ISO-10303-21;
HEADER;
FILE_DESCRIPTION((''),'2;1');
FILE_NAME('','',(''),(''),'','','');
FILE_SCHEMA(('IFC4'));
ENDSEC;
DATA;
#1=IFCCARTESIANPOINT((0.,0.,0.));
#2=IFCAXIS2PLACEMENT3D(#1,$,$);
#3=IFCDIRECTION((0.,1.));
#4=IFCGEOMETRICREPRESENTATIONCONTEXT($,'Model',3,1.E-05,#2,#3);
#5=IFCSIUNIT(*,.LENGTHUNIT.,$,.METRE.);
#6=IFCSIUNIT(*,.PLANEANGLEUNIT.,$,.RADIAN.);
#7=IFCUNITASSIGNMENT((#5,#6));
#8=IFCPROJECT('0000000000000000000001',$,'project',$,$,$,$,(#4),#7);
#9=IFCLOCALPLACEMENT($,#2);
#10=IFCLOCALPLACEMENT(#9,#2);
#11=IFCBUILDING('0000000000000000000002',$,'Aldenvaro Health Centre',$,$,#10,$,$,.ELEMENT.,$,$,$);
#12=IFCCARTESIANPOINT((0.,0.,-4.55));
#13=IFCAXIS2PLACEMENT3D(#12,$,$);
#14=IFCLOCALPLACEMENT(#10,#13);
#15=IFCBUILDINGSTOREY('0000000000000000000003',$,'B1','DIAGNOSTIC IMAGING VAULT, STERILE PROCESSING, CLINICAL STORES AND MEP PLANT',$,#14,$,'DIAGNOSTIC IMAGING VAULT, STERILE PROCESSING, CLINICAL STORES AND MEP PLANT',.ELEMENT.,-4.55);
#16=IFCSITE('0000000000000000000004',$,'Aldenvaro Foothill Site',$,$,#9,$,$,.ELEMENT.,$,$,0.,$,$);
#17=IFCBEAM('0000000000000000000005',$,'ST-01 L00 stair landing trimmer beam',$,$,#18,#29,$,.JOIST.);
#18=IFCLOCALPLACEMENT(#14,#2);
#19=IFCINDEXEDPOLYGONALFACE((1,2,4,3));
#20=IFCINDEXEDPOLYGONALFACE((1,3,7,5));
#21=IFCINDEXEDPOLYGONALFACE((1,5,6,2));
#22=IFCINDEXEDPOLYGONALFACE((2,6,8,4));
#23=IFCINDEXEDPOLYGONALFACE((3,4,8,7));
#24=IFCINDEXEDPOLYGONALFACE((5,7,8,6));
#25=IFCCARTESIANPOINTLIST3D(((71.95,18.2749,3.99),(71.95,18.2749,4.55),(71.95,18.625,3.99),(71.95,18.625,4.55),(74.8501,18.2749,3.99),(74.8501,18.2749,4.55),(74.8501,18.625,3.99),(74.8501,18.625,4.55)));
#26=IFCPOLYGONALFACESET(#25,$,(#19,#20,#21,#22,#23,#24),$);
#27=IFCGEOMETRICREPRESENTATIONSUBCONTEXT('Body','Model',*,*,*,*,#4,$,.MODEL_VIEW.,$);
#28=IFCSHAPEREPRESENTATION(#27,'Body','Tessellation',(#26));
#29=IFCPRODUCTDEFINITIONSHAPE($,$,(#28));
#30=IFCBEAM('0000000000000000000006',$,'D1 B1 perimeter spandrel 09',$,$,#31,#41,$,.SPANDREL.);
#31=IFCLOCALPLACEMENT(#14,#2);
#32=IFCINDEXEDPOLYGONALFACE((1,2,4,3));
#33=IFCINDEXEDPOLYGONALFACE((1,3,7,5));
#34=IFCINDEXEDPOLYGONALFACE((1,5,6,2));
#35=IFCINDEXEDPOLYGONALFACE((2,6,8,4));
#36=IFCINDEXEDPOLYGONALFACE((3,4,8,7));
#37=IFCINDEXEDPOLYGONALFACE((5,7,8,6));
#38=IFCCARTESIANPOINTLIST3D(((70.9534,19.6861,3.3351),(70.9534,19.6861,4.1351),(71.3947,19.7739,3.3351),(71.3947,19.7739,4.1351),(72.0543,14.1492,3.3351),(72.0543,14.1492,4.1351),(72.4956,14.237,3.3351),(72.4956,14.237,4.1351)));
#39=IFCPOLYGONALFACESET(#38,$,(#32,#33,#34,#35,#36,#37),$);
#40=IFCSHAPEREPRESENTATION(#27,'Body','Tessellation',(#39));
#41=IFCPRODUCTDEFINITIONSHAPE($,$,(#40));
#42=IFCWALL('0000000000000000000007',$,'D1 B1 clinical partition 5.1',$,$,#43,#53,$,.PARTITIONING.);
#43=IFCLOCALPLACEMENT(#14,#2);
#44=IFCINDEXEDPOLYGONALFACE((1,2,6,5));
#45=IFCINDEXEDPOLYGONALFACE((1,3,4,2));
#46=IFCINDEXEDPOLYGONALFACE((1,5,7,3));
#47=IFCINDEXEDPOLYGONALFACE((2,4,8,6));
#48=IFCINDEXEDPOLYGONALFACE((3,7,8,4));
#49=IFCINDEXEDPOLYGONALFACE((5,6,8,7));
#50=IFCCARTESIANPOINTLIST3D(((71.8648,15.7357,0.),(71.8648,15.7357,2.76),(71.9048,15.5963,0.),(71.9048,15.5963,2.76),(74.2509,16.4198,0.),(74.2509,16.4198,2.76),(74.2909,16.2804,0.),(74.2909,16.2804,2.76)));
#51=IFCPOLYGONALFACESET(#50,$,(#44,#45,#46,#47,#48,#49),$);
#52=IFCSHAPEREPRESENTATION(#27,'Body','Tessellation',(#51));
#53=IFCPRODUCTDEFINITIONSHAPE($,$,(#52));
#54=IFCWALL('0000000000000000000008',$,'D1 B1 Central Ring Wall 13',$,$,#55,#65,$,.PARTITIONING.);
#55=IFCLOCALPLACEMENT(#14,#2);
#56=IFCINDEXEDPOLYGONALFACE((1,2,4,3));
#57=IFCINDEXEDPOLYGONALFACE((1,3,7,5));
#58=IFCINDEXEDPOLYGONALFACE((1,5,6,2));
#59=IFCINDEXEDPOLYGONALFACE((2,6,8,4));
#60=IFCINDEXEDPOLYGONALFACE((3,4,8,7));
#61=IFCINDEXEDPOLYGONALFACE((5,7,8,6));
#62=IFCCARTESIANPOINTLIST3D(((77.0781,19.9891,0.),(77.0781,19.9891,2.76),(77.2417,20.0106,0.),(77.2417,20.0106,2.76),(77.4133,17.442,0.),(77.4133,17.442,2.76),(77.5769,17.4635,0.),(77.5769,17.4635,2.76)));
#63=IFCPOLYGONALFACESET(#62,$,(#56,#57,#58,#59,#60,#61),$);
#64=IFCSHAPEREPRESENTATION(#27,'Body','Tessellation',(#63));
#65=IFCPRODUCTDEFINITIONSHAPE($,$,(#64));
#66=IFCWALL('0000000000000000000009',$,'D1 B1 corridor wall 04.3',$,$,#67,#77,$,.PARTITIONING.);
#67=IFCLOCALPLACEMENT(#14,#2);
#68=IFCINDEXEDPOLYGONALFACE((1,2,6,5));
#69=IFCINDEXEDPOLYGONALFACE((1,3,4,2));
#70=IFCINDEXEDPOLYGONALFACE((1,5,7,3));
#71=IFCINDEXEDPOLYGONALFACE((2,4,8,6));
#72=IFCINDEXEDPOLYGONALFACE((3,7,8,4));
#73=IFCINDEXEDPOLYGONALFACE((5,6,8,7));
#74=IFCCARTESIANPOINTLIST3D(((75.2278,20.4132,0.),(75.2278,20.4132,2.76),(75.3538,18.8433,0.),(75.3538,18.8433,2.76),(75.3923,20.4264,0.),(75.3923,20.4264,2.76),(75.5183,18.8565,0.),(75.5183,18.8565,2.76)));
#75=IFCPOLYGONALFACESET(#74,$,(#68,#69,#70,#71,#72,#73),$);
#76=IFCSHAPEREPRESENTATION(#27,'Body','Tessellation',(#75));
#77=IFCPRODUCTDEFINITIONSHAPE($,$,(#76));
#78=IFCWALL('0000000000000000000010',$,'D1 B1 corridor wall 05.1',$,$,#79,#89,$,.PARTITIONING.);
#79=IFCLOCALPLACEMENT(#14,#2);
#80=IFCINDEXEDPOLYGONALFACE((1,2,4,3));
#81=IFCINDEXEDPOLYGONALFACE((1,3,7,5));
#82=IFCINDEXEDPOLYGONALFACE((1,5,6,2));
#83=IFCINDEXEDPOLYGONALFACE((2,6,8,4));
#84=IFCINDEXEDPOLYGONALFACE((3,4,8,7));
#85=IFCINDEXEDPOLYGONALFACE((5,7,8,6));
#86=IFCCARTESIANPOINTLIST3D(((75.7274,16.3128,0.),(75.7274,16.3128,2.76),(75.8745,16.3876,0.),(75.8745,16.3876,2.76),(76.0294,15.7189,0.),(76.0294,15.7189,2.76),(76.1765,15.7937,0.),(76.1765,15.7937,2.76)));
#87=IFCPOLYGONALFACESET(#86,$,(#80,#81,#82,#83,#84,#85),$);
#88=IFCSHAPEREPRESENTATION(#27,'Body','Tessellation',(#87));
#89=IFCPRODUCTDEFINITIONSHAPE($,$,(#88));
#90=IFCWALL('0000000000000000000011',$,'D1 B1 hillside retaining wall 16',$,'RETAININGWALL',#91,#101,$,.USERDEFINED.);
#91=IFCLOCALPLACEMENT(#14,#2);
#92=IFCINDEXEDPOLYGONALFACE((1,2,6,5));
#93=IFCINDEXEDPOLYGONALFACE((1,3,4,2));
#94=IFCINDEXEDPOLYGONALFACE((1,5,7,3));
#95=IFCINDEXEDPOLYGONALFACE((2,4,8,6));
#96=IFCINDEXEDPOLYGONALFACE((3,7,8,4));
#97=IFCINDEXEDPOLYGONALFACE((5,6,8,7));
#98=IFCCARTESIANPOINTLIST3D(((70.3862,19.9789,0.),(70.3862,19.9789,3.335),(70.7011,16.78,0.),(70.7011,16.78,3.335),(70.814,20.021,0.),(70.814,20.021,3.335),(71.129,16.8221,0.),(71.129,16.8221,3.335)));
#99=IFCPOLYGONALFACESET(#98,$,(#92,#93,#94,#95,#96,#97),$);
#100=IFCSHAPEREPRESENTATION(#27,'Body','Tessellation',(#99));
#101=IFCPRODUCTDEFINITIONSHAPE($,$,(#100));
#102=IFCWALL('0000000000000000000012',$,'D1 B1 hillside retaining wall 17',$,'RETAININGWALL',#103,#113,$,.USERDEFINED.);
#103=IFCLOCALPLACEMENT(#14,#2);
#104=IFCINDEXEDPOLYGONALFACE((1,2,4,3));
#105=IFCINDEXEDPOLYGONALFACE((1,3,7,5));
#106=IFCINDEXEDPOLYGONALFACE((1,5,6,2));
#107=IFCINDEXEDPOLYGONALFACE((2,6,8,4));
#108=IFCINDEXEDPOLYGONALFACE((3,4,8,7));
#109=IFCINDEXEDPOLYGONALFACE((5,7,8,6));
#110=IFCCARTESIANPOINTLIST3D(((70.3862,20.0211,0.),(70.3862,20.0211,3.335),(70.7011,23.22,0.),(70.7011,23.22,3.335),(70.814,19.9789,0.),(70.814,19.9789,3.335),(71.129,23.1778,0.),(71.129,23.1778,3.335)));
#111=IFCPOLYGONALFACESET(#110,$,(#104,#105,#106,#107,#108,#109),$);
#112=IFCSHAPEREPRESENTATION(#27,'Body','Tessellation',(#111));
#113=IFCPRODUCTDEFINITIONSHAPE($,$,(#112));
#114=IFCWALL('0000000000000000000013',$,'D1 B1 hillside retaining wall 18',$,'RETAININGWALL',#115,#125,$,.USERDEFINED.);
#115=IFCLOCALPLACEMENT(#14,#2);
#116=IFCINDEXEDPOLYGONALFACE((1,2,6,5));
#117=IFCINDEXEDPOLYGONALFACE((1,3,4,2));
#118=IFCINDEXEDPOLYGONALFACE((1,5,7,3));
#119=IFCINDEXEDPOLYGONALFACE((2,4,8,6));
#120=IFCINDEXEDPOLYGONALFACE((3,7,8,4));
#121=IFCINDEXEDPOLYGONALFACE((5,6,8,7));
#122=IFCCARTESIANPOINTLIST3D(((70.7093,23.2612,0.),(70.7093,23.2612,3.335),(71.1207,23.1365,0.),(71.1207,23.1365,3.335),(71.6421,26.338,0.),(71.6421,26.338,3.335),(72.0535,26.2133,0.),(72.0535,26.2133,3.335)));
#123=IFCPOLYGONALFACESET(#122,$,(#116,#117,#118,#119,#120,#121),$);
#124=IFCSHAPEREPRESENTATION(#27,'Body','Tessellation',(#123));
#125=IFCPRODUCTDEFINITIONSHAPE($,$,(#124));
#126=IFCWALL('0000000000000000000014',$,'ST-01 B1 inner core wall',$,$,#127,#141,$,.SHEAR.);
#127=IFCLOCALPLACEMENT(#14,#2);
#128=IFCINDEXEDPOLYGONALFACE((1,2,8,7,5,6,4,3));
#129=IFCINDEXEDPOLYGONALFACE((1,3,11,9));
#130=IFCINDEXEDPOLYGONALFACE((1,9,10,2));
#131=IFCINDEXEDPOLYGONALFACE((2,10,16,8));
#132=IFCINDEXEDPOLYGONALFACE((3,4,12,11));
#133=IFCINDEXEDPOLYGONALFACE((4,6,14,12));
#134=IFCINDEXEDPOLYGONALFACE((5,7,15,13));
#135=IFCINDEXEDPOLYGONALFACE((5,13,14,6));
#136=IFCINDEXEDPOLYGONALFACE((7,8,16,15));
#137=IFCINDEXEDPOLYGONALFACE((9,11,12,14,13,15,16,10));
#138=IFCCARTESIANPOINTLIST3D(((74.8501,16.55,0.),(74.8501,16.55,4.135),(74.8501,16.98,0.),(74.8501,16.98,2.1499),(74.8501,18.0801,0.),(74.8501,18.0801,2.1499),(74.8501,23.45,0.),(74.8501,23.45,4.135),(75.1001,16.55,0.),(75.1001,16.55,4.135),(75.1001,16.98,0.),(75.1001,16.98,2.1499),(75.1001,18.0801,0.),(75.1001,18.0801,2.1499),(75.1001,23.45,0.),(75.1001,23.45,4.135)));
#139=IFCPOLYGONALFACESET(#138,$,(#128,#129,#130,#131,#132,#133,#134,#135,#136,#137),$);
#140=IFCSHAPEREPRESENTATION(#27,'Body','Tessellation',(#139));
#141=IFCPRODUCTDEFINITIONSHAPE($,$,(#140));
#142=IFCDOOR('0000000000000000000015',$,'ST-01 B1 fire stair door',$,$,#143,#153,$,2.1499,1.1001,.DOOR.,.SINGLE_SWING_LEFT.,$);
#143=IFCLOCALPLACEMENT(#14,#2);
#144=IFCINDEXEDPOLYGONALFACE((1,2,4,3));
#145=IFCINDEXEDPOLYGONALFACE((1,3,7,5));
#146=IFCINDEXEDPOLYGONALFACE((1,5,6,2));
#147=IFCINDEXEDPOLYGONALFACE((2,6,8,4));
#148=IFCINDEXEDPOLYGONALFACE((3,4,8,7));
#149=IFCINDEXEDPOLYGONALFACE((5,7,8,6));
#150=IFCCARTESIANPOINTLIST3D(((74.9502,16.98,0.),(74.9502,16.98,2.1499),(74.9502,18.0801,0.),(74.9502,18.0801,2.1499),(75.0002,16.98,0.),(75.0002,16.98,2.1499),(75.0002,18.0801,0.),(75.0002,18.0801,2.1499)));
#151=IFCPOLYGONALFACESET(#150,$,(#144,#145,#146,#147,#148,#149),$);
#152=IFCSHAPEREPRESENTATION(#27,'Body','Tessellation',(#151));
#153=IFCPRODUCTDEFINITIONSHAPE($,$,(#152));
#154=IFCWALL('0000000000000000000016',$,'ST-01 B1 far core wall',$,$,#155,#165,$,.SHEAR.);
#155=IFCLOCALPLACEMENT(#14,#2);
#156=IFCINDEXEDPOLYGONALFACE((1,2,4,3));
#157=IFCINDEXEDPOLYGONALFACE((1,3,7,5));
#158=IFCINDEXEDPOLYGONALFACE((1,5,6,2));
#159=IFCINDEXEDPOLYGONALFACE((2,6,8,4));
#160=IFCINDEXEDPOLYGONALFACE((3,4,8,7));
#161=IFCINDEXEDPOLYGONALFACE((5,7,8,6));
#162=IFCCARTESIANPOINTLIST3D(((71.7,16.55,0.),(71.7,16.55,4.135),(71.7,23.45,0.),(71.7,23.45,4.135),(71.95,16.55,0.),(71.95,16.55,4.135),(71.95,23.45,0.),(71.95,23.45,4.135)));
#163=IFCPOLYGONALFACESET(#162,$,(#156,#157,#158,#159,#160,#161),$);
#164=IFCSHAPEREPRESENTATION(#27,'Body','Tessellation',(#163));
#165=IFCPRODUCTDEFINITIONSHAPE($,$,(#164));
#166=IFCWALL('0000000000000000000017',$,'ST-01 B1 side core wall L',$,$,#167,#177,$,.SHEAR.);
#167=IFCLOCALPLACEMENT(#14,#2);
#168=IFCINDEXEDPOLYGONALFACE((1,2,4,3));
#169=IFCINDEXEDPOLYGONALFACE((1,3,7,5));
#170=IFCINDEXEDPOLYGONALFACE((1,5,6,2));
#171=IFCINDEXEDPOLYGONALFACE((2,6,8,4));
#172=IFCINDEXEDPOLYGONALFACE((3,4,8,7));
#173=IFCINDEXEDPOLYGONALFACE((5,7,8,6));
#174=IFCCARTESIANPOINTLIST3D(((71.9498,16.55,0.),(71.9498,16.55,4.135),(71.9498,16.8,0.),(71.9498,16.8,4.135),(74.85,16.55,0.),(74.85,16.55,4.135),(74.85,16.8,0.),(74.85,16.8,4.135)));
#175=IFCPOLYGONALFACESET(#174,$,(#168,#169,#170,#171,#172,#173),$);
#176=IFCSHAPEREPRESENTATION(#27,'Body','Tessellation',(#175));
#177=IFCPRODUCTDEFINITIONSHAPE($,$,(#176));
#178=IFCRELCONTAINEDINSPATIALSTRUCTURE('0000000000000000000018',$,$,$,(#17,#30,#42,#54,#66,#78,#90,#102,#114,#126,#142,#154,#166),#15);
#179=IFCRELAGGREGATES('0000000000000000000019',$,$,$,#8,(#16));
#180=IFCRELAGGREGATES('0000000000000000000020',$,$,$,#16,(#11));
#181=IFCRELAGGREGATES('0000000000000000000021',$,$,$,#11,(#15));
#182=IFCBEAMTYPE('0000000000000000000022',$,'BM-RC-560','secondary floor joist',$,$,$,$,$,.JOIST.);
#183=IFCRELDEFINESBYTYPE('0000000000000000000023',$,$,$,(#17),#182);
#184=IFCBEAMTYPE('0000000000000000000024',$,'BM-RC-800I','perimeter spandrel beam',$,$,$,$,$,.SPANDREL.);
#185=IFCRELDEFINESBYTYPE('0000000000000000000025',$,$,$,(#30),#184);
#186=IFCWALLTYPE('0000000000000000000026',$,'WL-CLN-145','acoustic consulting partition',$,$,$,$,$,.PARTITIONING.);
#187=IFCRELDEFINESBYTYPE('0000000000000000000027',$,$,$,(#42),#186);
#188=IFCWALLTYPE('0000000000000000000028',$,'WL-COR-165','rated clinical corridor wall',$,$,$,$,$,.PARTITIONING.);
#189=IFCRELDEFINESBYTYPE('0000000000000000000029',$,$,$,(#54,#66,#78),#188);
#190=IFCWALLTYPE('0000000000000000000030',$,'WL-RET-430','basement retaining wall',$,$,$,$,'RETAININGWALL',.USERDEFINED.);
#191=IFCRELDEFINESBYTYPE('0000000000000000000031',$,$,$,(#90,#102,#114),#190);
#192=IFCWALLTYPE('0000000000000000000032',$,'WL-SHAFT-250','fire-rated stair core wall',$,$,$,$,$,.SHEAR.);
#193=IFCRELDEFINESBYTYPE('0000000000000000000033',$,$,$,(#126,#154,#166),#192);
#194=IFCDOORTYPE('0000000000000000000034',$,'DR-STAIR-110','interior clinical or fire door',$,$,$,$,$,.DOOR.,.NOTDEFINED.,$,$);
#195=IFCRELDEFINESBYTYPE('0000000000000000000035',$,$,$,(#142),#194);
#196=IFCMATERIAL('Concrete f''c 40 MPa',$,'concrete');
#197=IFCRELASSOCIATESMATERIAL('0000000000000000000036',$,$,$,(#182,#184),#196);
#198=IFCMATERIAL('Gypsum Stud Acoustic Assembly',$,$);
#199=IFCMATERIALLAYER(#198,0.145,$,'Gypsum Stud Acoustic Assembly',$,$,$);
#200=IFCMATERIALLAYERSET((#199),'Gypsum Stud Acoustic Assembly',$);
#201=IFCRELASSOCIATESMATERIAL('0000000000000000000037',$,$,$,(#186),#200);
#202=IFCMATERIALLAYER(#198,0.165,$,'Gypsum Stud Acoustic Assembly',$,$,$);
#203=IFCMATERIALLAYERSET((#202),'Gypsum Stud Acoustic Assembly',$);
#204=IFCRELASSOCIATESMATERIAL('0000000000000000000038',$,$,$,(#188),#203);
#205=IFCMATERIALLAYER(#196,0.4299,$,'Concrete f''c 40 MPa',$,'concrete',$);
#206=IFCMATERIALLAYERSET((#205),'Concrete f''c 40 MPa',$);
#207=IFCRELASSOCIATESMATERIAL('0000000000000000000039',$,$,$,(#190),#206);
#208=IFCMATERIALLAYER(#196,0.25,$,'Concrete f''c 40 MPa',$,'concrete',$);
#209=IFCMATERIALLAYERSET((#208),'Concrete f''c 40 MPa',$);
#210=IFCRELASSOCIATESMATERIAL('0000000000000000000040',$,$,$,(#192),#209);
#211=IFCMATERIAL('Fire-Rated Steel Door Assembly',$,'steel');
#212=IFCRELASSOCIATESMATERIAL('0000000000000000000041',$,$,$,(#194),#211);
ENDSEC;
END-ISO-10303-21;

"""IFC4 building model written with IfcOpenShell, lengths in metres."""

from ifc_helpers import new_model, si_unit, direction, frame, frame_2d, origin, origin_2d, place, context, subcontext, project, spatial, rectangle, extrude, material, layer, layer_set, material_profile, profile_set, type_object, element, fill, save


model = new_model("IFC4")

# Units and contexts
model_context = context("Model", 3, precision=1e-05, world=origin(), true_north=direction((0.0, 1.0)))
body_context = subcontext(model_context, "Body", "Model", "MODEL_VIEW")
ifc_project = project(units=[si_unit("LENGTHUNIT", "METRE"), si_unit("PLANEANGLEUNIT", "RADIAN")], contexts=[model_context])

# Site, building, storey
site_placement = place(None, origin())
site = spatial("IfcSite", under=ifc_project, at=site_placement, Name="Aldenvaro Foothill Site", CompositionType="ELEMENT", RefElevation=0.0)
building_placement = place(site_placement, origin())
building = spatial("IfcBuilding", under=site, at=building_placement, Name="Aldenvaro Health Centre", CompositionType="ELEMENT")
storey_placement = place(building_placement, frame((0.0, 0.0, -4.55)))
storey = spatial("IfcBuildingStorey", under=building, at=storey_placement, Name="B1", Description="DIAGNOSTIC IMAGING VAULT, STERILE PROCESSING, CLINICAL STORES AND MEP PLANT", LongName="DIAGNOSTIC IMAGING VAULT, STERILE PROCESSING, CLINICAL STORES AND MEP PLANT", CompositionType="ELEMENT", Elevation=-4.55)

# Shared definitions
ifc_material_1 = material(Name="Concrete f'c 40 MPa", Category="concrete")

# Beams
ifc_material_profile_1 = material_profile(ifc_material_1, rectangle(XDim=0.3501, YDim=0.5601, at=origin_2d()), Name="RC 350x560", Category="concrete")
ifc_profile_set_1 = profile_set([ifc_material_profile_1], Name="Concrete f'c 40 MPa")
beam_type_1 = type_object("IfcBeamType", Name="BM-RC-560", Description="secondary floor joist", PredefinedType="JOIST", material=ifc_profile_set_1)
beam_1_placement = place(storey_placement, frame((74.8501, 18.45, 4.27), z_axis=(-1.0, 0.0, 0.0), x_axis=(0.0, -1.0, 0.0)))
element("IfcBeam", 1, at=beam_1_placement, inside=storey, type_object=beam_type_1, Name="ST-01 L00 stair landing trimmer beam", PredefinedType="JOIST", context=body_context, shape_type="SweptSolid", body=[
    extrude(rectangle(XDim=0.3501, YDim=0.5601, at=origin_2d()), origin(), (0.0, 0.0, 1.0), 2.9001),
])
ifc_material_profile_2 = material_profile(ifc_material_1, rectangle(XDim=0.45, YDim=0.8, at=origin_2d()), Name="RC 450x800", Category="concrete")
ifc_profile_set_2 = profile_set([ifc_material_profile_2], Name="Concrete f'c 40 MPa")
beam_type_2 = type_object("IfcBeamType", Name="BM-RC-800I", Description="perimeter spandrel beam", PredefinedType="SPANDREL", material=ifc_profile_set_2)
beam_2_placement = place(storey_placement, frame((71.1741, 19.73, 3.7351), z_axis=(0.195002, -0.980803, 0.0), x_axis=(0.980803, 0.195002, 0.0)))
element("IfcBeam", 2, at=beam_2_placement, inside=storey, type_object=beam_type_2, Name="D1 B1 perimeter spandrel 09", PredefinedType="SPANDREL", context=body_context, shape_type="SweptSolid", body=[
    extrude(rectangle(XDim=0.45, YDim=0.8, at=origin_2d()), origin(), (0.0, 0.0, 1.0), 5.6453),
])

# Walls
ifc_material_2 = material(Name="Gypsum Stud Acoustic Assembly")
ifc_layer_1 = layer(ifc_material_2, 0.145, Name="Gypsum Stud Acoustic Assembly")
ifc_layer_set_1 = layer_set([ifc_layer_1], Name="Gypsum Stud Acoustic Assembly")
wall_type_1 = type_object("IfcWallType", Name="WL-CLN-145", Description="acoustic consulting partition", PredefinedType="PARTITIONING", material=ifc_layer_set_1)
wall_1_placement = place(storey_placement, frame((74.271, 16.3501, 0.0), z_axis=(0.0, 0.0, 1.0), x_axis=(-0.961271, -0.275604, 0.0)))
element("IfcWall", 3, at=wall_1_placement, inside=storey, type_object=wall_type_1, Name="D1 B1 clinical partition 5.1", PredefinedType="PARTITIONING", context=body_context, shape_type="SweptSolid", body=[
    extrude(rectangle(XDim=2.4822, YDim=0.145, at=frame_2d((1.2412, 0.0))), origin(), (0.0, 0.0, 1.0), 2.76),
])
ifc_layer_2 = layer(ifc_material_2, 0.165, Name="Gypsum Stud Acoustic Assembly")
ifc_layer_set_2 = layer_set([ifc_layer_2], Name="Gypsum Stud Acoustic Assembly")
wall_type_2 = type_object("IfcWallType", Name="WL-COR-165", Description="rated clinical corridor wall", PredefinedType="PARTITIONING", material=ifc_layer_set_2)
wall_2_placement = place(storey_placement, frame((77.1599, 20.0, 0.0), z_axis=(0.0, 0.0, 1.0), x_axis=(0.130477, -0.991451, 0.0)))
element("IfcWall", 4, at=wall_2_placement, inside=storey, type_object=wall_type_2, Name="D1 B1 Central Ring Wall 13", PredefinedType="PARTITIONING", context=body_context, shape_type="SweptSolid", body=[
    extrude(rectangle(XDim=2.5691, YDim=0.165, at=frame_2d((1.2847, 0.0))), origin(), (0.0, 0.0, 1.0), 2.76),
])
wall_3_placement = place(storey_placement, frame((75.3101, 20.4199, 0.0), z_axis=(0.0, 0.0, 1.0), x_axis=(0.079992, -0.996796, 0.0)))
element("IfcWall", 5, at=wall_3_placement, inside=storey, type_object=wall_type_2, Name="D1 B1 corridor wall 04.3", PredefinedType="PARTITIONING", context=body_context, shape_type="SweptSolid", body=[
    extrude(rectangle(XDim=1.575, YDim=0.165, at=frame_2d((0.7876, 0.0))), origin(), (0.0, 0.0, 1.0), 2.76),
])
wall_4_placement = place(storey_placement, frame((75.801, 16.3501, 0.0), z_axis=(0.0, 0.0, 1.0), x_axis=(0.453212, -0.891403, 0.0)))
element("IfcWall", 6, at=wall_4_placement, inside=storey, type_object=wall_type_2, Name="D1 B1 corridor wall 05.1", PredefinedType="PARTITIONING", context=body_context, shape_type="SweptSolid", body=[
    extrude(rectangle(XDim=0.6663, YDim=0.165, at=frame_2d((0.333, 0.0))), origin(), (0.0, 0.0, 1.0), 2.76),
])
ifc_layer_3 = layer(ifc_material_1, 0.4299, Name="Concrete f'c 40 MPa", Category="concrete")
ifc_layer_set_3 = layer_set([ifc_layer_3], Name="Concrete f'c 40 MPa")
wall_type_3 = type_object("IfcWallType", Name="WL-RET-430", Description="basement retaining wall", ElementType="RETAININGWALL", PredefinedType="USERDEFINED", material=ifc_layer_set_3)
for number, where, z_axis, x_axis, name in (
    (7, (70.915, 16.801, 0.0), (0.0, 0.0, 1.0), (-0.097977, 0.995189, 0.0), "D1 B1 hillside retaining wall 16"),
    (8, (70.6001, 20.0, 0.0), (0.0, 0.0, 1.0), (0.097977, 0.995189, 0.0), "D1 B1 hillside retaining wall 17"),
):
    element("IfcWall", number, at=place(storey_placement, frame(where, z_axis=z_axis, x_axis=x_axis)), inside=storey, type_object=wall_type_3, Name=name, ObjectType="RETAININGWALL", PredefinedType="USERDEFINED", context=body_context, shape_type="SweptSolid", body=[
        extrude(rectangle(XDim=3.2144, YDim=0.4299, at=frame_2d((1.6072, 0.0))), origin(), (0.0, 0.0, 1.0), 3.335),
    ])
wall_5_placement = place(storey_placement, frame((70.915, 23.199, 0.0), z_axis=(0.0, 0.0, 1.0), x_axis=(0.29014, 0.956984, 0.0)))
element("IfcWall", 9, at=wall_5_placement, inside=storey, type_object=wall_type_3, Name="D1 B1 hillside retaining wall 18", ObjectType="RETAININGWALL", PredefinedType="USERDEFINED", context=body_context, shape_type="SweptSolid", body=[
    extrude(rectangle(XDim=3.2151, YDim=0.4299, at=frame_2d((1.6074, 0.0))), origin(), (0.0, 0.0, 1.0), 3.335),
])

# Wall, opening, door
ifc_layer_4 = layer(ifc_material_1, 0.25, Name="Concrete f'c 40 MPa", Category="concrete")
ifc_layer_set_4 = layer_set([ifc_layer_4], Name="Concrete f'c 40 MPa")
wall_type_4 = type_object("IfcWallType", Name="WL-SHAFT-250", Description="fire-rated stair core wall", PredefinedType="SHEAR", material=ifc_layer_set_4)
wall_6_placement = place(storey_placement, frame((74.9751, 16.55, 0.0), z_axis=(0.0, 0.0, 1.0), x_axis=(0.0, 1.0, 0.0)))
wall_6 = element("IfcWall", 10, at=wall_6_placement, inside=storey, type_object=wall_type_4, Name="ST-01 B1 inner core wall", PredefinedType="SHEAR", context=body_context, shape_type="SweptSolid", body=[
    extrude(rectangle(XDim=6.8999, YDim=0.25, at=frame_2d((3.45, 0.0))), origin(), (0.0, 0.0, 1.0), 4.135),
])
opening_placement = place(wall_6_placement, frame((0.4299, 0.0, 0.0)))
opening = element("IfcOpeningElement", 11, at=opening_placement, cuts=wall_6, PredefinedType="OPENING", context=body_context, shape_type="SweptSolid", body=[
    extrude(rectangle(XDim=1.1001, YDim=2.1499, at=frame_2d((0.55, 1.075))), frame((0.0, 0.135, 0.0), z_axis=(0.0, -1.0, 0.0), x_axis=(1.0, 0.0, 0.0)), (0.0, 0.0, 1.0), 0.27),
])
ifc_material_3 = material(Name="Fire-Rated Steel Door Assembly", Category="steel")
door_type = type_object("IfcDoorType", Name="DR-STAIR-110", Description="interior clinical or fire door", OperationType="NOTDEFINED", PredefinedType="DOOR", material=ifc_material_3)
door_placement = place(opening_placement, origin())
door = element("IfcDoor", 12, at=door_placement, inside=storey, type_object=door_type, Name="ST-01 B1 fire stair door", OperationType="SINGLE_SWING_LEFT", OverallHeight=2.1499, OverallWidth=1.1001, PredefinedType="DOOR", context=body_context, shape_type="SweptSolid", body=[
    extrude(rectangle(XDim=1.1001, YDim=2.1499, at=frame_2d((0.55, 1.075))), frame((0.0, 0.0249, 0.0), z_axis=(0.0, -1.0, 0.0), x_axis=(1.0, 0.0, 0.0)), (0.0, 0.0, 1.0), 0.05),
])
fill(opening, door)

# Walls
wall_7_placement = place(storey_placement, frame((71.825, 16.55, 0.0), z_axis=(0.0, 0.0, 1.0), x_axis=(0.0, 1.0, 0.0)))
element("IfcWall", 13, at=wall_7_placement, inside=storey, type_object=wall_type_4, Name="ST-01 B1 far core wall", PredefinedType="SHEAR", context=body_context, shape_type="SweptSolid", body=[
    extrude(rectangle(XDim=6.8999, YDim=0.25, at=frame_2d((3.45, 0.0))), origin(), (0.0, 0.0, 1.0), 4.135),
])
for number, where, z_axis, x_axis, name in (
    (14, (74.8501, 16.675, 0.0), (0.0, 0.0, 1.0), (-1.0, 0.0, 0.0), "ST-01 B1 side core wall L"),
):
    element("IfcWall", number, at=place(storey_placement, frame(where, z_axis=z_axis, x_axis=x_axis)), inside=storey, type_object=wall_type_4, Name=name, PredefinedType="SHEAR", context=body_context, shape_type="SweptSolid", body=[
        extrude(rectangle(XDim=2.9001, YDim=0.25, at=frame_2d((1.4502, 0.0))), origin(), (0.0, 0.0, 1.0), 4.135),
    ])

save(model, "model.ifc")
